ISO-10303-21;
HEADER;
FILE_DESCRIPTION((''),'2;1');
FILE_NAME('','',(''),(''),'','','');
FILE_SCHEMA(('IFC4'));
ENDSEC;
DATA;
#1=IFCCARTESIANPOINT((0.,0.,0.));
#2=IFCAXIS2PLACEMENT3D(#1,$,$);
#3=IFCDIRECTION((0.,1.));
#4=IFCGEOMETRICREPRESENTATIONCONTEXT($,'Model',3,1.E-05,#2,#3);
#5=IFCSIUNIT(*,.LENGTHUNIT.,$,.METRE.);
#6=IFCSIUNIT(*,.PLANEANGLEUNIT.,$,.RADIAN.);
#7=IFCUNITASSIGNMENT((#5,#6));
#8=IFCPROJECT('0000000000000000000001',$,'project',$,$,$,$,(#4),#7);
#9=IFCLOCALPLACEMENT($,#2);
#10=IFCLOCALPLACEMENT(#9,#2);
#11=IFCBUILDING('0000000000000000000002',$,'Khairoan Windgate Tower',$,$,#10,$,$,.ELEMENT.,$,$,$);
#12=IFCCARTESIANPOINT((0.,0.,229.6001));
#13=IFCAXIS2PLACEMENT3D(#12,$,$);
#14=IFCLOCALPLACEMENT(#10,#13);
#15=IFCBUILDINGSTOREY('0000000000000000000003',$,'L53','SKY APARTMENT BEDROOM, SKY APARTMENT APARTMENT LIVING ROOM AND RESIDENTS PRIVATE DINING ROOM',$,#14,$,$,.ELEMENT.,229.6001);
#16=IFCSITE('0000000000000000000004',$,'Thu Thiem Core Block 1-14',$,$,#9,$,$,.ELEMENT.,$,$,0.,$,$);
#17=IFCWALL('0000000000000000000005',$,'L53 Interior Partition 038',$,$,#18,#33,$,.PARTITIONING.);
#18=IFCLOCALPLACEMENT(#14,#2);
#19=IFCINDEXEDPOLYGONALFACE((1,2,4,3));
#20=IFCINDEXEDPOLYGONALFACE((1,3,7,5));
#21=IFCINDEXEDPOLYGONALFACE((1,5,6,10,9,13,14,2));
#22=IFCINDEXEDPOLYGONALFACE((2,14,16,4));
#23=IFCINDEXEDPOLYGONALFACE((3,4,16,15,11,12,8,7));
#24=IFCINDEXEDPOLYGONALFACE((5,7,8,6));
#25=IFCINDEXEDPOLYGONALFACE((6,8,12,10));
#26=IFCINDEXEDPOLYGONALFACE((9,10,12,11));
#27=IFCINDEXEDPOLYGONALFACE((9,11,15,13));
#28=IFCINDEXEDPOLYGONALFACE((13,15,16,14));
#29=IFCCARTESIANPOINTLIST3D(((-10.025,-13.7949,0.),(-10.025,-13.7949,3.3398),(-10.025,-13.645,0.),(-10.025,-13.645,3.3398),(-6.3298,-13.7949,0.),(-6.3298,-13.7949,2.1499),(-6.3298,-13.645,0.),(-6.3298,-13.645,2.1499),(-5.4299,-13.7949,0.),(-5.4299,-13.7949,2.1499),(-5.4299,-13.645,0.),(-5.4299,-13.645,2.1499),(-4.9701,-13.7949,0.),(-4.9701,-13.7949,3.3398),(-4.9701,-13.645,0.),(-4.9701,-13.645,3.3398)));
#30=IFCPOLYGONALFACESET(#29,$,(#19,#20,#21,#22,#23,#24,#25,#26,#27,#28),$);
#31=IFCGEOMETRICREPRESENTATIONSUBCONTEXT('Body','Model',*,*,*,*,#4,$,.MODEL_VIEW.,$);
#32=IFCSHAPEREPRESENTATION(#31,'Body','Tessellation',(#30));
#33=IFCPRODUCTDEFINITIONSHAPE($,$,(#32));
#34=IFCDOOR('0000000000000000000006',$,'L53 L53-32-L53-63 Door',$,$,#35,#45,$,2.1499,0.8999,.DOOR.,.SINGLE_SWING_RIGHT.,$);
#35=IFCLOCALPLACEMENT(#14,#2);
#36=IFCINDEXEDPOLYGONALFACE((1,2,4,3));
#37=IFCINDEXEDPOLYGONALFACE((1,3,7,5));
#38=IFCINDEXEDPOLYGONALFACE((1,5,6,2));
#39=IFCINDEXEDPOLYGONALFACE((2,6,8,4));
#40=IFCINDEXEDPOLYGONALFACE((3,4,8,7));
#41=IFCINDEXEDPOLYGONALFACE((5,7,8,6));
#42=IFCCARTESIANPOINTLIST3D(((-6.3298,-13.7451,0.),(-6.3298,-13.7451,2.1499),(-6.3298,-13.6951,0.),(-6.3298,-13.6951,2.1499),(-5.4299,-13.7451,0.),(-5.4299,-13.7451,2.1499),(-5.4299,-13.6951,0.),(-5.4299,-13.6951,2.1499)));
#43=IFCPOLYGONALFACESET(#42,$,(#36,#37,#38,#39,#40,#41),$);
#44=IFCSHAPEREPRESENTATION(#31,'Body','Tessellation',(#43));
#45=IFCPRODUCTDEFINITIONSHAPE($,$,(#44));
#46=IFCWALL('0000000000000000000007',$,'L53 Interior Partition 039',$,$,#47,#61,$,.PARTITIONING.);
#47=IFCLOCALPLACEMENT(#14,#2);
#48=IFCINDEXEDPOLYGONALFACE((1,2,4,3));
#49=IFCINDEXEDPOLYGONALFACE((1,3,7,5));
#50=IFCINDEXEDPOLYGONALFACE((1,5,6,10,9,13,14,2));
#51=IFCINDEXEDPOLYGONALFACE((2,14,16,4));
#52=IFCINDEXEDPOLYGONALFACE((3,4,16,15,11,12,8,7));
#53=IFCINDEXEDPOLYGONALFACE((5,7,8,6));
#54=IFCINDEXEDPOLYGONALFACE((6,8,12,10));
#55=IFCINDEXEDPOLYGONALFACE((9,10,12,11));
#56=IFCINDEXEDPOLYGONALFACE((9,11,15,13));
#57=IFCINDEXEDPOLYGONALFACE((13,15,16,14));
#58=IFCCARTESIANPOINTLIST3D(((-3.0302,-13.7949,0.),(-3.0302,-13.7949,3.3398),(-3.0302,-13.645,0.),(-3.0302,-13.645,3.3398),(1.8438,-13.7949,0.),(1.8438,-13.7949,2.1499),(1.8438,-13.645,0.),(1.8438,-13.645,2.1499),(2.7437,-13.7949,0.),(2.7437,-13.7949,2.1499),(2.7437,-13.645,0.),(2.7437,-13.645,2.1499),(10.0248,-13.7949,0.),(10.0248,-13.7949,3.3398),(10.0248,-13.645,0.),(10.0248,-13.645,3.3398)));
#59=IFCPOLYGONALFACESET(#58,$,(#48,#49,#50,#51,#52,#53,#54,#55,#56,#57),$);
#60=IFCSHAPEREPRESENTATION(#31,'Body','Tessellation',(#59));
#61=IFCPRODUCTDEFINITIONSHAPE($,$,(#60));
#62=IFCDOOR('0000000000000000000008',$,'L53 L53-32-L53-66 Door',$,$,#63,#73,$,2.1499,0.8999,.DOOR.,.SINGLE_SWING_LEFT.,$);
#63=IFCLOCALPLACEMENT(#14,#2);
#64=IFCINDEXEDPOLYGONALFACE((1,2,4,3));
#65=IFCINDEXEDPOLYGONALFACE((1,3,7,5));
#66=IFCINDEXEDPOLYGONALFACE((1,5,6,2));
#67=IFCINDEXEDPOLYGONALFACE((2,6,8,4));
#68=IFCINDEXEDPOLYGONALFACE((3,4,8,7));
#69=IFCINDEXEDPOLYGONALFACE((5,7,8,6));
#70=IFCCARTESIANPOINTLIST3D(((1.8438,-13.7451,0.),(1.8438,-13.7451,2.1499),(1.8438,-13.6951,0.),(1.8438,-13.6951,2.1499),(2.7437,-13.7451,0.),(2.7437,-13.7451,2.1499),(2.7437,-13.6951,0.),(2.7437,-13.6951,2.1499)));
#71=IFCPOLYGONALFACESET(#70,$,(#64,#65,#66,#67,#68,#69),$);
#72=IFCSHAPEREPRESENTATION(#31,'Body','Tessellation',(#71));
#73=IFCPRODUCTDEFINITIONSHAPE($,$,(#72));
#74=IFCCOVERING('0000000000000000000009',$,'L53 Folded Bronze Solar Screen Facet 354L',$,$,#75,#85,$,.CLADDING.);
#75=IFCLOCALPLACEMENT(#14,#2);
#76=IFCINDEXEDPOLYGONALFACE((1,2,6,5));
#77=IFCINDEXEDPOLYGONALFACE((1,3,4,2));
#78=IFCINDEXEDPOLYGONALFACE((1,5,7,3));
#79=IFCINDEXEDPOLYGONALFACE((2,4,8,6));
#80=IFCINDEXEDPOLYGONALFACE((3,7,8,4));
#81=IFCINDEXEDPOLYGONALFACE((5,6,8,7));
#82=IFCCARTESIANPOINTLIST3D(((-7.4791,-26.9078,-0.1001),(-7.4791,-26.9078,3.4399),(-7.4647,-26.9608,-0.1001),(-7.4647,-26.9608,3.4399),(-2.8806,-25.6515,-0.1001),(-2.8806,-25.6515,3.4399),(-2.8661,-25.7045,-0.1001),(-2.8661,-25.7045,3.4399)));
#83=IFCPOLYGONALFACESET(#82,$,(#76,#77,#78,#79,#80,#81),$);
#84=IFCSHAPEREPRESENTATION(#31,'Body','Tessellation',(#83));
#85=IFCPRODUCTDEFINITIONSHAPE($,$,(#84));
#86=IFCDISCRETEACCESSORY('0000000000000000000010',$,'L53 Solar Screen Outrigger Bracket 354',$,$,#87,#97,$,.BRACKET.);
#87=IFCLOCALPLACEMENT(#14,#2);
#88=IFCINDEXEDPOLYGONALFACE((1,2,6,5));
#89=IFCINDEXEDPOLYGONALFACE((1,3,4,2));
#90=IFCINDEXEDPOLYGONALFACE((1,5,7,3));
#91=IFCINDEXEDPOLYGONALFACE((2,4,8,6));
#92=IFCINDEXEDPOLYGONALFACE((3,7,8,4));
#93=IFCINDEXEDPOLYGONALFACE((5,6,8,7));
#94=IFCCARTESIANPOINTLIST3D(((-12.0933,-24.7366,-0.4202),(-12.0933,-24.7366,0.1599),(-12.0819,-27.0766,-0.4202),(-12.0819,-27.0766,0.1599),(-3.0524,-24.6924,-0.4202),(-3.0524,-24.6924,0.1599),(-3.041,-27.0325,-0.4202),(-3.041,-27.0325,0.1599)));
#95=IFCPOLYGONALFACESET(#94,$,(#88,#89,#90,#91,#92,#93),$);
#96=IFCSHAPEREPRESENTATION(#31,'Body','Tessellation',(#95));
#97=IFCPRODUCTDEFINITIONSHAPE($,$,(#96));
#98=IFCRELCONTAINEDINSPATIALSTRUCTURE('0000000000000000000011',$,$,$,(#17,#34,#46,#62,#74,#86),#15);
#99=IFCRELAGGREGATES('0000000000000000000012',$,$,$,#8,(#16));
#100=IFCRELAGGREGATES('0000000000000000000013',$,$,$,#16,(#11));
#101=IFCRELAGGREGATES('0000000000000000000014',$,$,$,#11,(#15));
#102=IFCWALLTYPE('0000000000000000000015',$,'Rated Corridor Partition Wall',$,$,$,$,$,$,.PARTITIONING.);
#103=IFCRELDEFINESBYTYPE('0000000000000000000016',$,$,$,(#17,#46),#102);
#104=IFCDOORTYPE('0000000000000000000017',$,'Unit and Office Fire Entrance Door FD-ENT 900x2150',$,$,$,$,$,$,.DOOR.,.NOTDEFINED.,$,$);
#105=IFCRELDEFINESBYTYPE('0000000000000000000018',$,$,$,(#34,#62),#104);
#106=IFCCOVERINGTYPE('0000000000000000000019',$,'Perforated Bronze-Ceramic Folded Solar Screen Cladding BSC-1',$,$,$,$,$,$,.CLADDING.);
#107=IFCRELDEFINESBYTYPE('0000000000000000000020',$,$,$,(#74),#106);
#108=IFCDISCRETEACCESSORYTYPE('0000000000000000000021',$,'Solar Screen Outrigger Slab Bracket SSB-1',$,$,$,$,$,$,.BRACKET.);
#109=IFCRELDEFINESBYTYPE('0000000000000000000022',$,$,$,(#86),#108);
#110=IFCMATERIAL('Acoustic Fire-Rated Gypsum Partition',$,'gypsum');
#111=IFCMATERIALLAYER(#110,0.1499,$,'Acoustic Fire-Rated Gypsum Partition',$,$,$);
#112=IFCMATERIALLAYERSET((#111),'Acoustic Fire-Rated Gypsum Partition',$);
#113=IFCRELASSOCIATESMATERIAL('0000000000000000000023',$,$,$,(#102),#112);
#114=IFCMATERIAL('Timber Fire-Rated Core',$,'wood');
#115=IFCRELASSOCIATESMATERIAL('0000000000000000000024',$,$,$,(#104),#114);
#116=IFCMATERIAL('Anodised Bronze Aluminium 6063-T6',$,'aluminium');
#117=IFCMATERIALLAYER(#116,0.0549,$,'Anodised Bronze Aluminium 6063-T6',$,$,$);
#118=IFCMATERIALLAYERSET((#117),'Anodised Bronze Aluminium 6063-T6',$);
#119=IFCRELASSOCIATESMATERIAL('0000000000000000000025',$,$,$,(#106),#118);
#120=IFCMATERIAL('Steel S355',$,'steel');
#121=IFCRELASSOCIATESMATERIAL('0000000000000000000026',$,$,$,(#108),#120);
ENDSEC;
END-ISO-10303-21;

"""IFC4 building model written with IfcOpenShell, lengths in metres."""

from ifc_helpers import new_model, si_unit, direction, frame, frame_2d, origin, origin_2d, place, context, subcontext, project, spatial, rectangle, extrude, material, layer, layer_set, type_object, element, fill, save


model = new_model("IFC4")

# Units and contexts
model_context = context("Model", 3, precision=1e-05, world=origin(), true_north=direction((0.0, 1.0)))
body_context = subcontext(model_context, "Body", "Model", "MODEL_VIEW")
ifc_project = project(units=[si_unit("LENGTHUNIT", "METRE"), si_unit("PLANEANGLEUNIT", "RADIAN")], contexts=[model_context])

# Site, building, storey
site_placement = place(None, origin())
site = spatial("IfcSite", under=ifc_project, at=site_placement, Name="Thu Thiem Core Block 1-14", CompositionType="ELEMENT", RefElevation=0.0)
building_placement = place(site_placement, origin())
building = spatial("IfcBuilding", under=site, at=building_placement, Name="Khairoan Windgate Tower", CompositionType="ELEMENT")
storey_placement = place(building_placement, frame((0.0, 0.0, 229.6001)))
storey = spatial("IfcBuildingStorey", under=building, at=storey_placement, Name="L53", Description="SKY APARTMENT BEDROOM, SKY APARTMENT APARTMENT LIVING ROOM AND RESIDENTS PRIVATE DINING ROOM", CompositionType="ELEMENT", Elevation=229.6001)

# Shared definitions
ifc_material_1 = material(Name="Acoustic Fire-Rated Gypsum Partition", Category="gypsum")
ifc_layer_1 = layer(ifc_material_1, 0.1499, Name="Acoustic Fire-Rated Gypsum Partition")
ifc_layer_set_1 = layer_set([ifc_layer_1], Name="Acoustic Fire-Rated Gypsum Partition")
wall_type_1 = type_object("IfcWallType", Name="Rated Corridor Partition Wall", PredefinedType="PARTITIONING", material=ifc_layer_set_1)
ifc_material_2 = material(Name="Timber Fire-Rated Core", Category="wood")
door_type_1 = type_object("IfcDoorType", Name="Unit and Office Fire Entrance Door FD-ENT 900x2150", OperationType="NOTDEFINED", PredefinedType="DOOR", material=ifc_material_2)

# Walls, openings, doors
wall_1_placement = place(storey_placement, frame((-10.0249, -13.72, 0.0), z_axis=(0.0, 0.0, 1.0), x_axis=(1.0, 0.0, 0.0)))
wall_1 = element("IfcWall", 1, at=wall_1_placement, inside=storey, type_object=wall_type_1, Name="L53 Interior Partition 038", PredefinedType="PARTITIONING", context=body_context, shape_type="SweptSolid", body=[
    extrude(rectangle(XDim=5.0549, YDim=0.1499, at=frame_2d((2.5273, 0.0))), origin(), (0.0, 0.0, 1.0), 3.3398),
])
opening_1_placement = place(wall_1_placement, frame((3.6951, 0.0, 0.0)))
opening_1 = element("IfcOpeningElement", 2, at=opening_1_placement, cuts=wall_1, PredefinedType="OPENING", context=body_context, shape_type="SweptSolid", body=[
    extrude(rectangle(XDim=0.8999, YDim=2.1499, at=frame_2d((0.45, 1.075))), frame((0.0, 0.085, 0.0), z_axis=(0.0, -1.0, 0.0), x_axis=(1.0, 0.0, 0.0)), (0.0, 0.0, 1.0), 0.1699),
])
door_1_placement = place(opening_1_placement, origin())
door_1 = element("IfcDoor", 3, at=door_1_placement, inside=storey, type_object=door_type_1, Name="L53 L53-32-L53-63 Door", OperationType="SINGLE_SWING_RIGHT", OverallHeight=2.1499, OverallWidth=0.8999, PredefinedType="DOOR", context=body_context, shape_type="SweptSolid", body=[
    extrude(rectangle(XDim=0.8999, YDim=2.1499, at=frame_2d((0.45, 1.075))), frame((0.0, 0.0249, 0.0), z_axis=(0.0, -1.0, 0.0), x_axis=(1.0, 0.0, 0.0)), (0.0, 0.0, 1.0), 0.05),
])
fill(opening_1, door_1)
wall_2_placement = place(storey_placement, frame((-3.03, -13.72, 0.0), z_axis=(0.0, 0.0, 1.0), x_axis=(1.0, 0.0, 0.0)))
wall_2 = element("IfcWall", 4, at=wall_2_placement, inside=storey, type_object=wall_type_1, Name="L53 Interior Partition 039", PredefinedType="PARTITIONING", context=body_context, shape_type="SweptSolid", body=[
    extrude(rectangle(XDim=13.0549, YDim=0.1499, at=frame_2d((6.5273, 0.0))), origin(), (0.0, 0.0, 1.0), 3.3398),
])
opening_2_placement = place(wall_2_placement, frame((4.8738, 0.0, 0.0)))
opening_2 = element("IfcOpeningElement", 5, at=opening_2_placement, cuts=wall_2, PredefinedType="OPENING", context=body_context, shape_type="SweptSolid", body=[
    extrude(rectangle(XDim=0.8999, YDim=2.1499, at=frame_2d((0.45, 1.075))), frame((0.0, 0.085, 0.0), z_axis=(0.0, -1.0, 0.0), x_axis=(1.0, 0.0, 0.0)), (0.0, 0.0, 1.0), 0.1699),
])
door_2_placement = place(opening_2_placement, origin())
door_2 = element("IfcDoor", 6, at=door_2_placement, inside=storey, type_object=door_type_1, Name="L53 L53-32-L53-66 Door", OperationType="SINGLE_SWING_LEFT", OverallHeight=2.1499, OverallWidth=0.8999, PredefinedType="DOOR", context=body_context, shape_type="SweptSolid", body=[
    extrude(rectangle(XDim=0.8999, YDim=2.1499, at=frame_2d((0.45, 1.075))), frame((0.0, 0.0249, 0.0), z_axis=(0.0, -1.0, 0.0), x_axis=(1.0, 0.0, 0.0)), (0.0, 0.0, 1.0), 0.05),
])
fill(opening_2, door_2)

# Covering
ifc_material_3 = material(Name="Anodised Bronze Aluminium 6063-T6", Category="aluminium")
ifc_layer_2 = layer(ifc_material_3, 0.0549, Name="Anodised Bronze Aluminium 6063-T6")
ifc_layer_set_2 = layer_set([ifc_layer_2], Name="Anodised Bronze Aluminium 6063-T6")
covering_type = type_object("IfcCoveringType", Name="Perforated Bronze-Ceramic Folded Solar Screen Cladding BSC-1", PredefinedType="CLADDING", material=ifc_layer_set_2)
covering_placement = place(storey_placement, frame((-5.1726, -26.3062, -0.1001), z_axis=(0.0, 0.0, 1.0), x_axis=(-0.964649, -0.263536, 0.0)))
element("IfcCovering", 7, at=covering_placement, inside=storey, type_object=covering_type, Name="L53 Folded Bronze Solar Screen Facet 354L", PredefinedType="CLADDING", context=body_context, shape_type="SweptSolid", body=[
    extrude(rectangle(XDim=4.7671, YDim=0.0549, at=origin_2d()), origin(), (0.0, 0.0, 1.0), 3.54),
])

# Discrete accessory
ifc_material_4 = material(Name="Steel S355", Category="steel")
discrete_accessory_type = type_object("IfcDiscreteAccessoryType", Name="Solar Screen Outrigger Slab Bracket SSB-1", PredefinedType="BRACKET", material=ifc_material_4)
discrete_accessory_placement = place(storey_placement, frame((-7.5671, -25.8845, -0.4202), z_axis=(0.0, 0.0, 1.0), x_axis=(-0.999988, -0.004887, 0.0)))
element("IfcDiscreteAccessory", 8, at=discrete_accessory_placement, inside=storey, type_object=discrete_accessory_type, Name="L53 Solar Screen Outrigger Bracket 354", PredefinedType="BRACKET", context=body_context, shape_type="SweptSolid", body=[
    extrude(rectangle(XDim=9.041, YDim=2.3401, at=origin_2d()), origin(), (0.0, 0.0, 1.0), 0.5801),
])

save(model, "model.ifc")
